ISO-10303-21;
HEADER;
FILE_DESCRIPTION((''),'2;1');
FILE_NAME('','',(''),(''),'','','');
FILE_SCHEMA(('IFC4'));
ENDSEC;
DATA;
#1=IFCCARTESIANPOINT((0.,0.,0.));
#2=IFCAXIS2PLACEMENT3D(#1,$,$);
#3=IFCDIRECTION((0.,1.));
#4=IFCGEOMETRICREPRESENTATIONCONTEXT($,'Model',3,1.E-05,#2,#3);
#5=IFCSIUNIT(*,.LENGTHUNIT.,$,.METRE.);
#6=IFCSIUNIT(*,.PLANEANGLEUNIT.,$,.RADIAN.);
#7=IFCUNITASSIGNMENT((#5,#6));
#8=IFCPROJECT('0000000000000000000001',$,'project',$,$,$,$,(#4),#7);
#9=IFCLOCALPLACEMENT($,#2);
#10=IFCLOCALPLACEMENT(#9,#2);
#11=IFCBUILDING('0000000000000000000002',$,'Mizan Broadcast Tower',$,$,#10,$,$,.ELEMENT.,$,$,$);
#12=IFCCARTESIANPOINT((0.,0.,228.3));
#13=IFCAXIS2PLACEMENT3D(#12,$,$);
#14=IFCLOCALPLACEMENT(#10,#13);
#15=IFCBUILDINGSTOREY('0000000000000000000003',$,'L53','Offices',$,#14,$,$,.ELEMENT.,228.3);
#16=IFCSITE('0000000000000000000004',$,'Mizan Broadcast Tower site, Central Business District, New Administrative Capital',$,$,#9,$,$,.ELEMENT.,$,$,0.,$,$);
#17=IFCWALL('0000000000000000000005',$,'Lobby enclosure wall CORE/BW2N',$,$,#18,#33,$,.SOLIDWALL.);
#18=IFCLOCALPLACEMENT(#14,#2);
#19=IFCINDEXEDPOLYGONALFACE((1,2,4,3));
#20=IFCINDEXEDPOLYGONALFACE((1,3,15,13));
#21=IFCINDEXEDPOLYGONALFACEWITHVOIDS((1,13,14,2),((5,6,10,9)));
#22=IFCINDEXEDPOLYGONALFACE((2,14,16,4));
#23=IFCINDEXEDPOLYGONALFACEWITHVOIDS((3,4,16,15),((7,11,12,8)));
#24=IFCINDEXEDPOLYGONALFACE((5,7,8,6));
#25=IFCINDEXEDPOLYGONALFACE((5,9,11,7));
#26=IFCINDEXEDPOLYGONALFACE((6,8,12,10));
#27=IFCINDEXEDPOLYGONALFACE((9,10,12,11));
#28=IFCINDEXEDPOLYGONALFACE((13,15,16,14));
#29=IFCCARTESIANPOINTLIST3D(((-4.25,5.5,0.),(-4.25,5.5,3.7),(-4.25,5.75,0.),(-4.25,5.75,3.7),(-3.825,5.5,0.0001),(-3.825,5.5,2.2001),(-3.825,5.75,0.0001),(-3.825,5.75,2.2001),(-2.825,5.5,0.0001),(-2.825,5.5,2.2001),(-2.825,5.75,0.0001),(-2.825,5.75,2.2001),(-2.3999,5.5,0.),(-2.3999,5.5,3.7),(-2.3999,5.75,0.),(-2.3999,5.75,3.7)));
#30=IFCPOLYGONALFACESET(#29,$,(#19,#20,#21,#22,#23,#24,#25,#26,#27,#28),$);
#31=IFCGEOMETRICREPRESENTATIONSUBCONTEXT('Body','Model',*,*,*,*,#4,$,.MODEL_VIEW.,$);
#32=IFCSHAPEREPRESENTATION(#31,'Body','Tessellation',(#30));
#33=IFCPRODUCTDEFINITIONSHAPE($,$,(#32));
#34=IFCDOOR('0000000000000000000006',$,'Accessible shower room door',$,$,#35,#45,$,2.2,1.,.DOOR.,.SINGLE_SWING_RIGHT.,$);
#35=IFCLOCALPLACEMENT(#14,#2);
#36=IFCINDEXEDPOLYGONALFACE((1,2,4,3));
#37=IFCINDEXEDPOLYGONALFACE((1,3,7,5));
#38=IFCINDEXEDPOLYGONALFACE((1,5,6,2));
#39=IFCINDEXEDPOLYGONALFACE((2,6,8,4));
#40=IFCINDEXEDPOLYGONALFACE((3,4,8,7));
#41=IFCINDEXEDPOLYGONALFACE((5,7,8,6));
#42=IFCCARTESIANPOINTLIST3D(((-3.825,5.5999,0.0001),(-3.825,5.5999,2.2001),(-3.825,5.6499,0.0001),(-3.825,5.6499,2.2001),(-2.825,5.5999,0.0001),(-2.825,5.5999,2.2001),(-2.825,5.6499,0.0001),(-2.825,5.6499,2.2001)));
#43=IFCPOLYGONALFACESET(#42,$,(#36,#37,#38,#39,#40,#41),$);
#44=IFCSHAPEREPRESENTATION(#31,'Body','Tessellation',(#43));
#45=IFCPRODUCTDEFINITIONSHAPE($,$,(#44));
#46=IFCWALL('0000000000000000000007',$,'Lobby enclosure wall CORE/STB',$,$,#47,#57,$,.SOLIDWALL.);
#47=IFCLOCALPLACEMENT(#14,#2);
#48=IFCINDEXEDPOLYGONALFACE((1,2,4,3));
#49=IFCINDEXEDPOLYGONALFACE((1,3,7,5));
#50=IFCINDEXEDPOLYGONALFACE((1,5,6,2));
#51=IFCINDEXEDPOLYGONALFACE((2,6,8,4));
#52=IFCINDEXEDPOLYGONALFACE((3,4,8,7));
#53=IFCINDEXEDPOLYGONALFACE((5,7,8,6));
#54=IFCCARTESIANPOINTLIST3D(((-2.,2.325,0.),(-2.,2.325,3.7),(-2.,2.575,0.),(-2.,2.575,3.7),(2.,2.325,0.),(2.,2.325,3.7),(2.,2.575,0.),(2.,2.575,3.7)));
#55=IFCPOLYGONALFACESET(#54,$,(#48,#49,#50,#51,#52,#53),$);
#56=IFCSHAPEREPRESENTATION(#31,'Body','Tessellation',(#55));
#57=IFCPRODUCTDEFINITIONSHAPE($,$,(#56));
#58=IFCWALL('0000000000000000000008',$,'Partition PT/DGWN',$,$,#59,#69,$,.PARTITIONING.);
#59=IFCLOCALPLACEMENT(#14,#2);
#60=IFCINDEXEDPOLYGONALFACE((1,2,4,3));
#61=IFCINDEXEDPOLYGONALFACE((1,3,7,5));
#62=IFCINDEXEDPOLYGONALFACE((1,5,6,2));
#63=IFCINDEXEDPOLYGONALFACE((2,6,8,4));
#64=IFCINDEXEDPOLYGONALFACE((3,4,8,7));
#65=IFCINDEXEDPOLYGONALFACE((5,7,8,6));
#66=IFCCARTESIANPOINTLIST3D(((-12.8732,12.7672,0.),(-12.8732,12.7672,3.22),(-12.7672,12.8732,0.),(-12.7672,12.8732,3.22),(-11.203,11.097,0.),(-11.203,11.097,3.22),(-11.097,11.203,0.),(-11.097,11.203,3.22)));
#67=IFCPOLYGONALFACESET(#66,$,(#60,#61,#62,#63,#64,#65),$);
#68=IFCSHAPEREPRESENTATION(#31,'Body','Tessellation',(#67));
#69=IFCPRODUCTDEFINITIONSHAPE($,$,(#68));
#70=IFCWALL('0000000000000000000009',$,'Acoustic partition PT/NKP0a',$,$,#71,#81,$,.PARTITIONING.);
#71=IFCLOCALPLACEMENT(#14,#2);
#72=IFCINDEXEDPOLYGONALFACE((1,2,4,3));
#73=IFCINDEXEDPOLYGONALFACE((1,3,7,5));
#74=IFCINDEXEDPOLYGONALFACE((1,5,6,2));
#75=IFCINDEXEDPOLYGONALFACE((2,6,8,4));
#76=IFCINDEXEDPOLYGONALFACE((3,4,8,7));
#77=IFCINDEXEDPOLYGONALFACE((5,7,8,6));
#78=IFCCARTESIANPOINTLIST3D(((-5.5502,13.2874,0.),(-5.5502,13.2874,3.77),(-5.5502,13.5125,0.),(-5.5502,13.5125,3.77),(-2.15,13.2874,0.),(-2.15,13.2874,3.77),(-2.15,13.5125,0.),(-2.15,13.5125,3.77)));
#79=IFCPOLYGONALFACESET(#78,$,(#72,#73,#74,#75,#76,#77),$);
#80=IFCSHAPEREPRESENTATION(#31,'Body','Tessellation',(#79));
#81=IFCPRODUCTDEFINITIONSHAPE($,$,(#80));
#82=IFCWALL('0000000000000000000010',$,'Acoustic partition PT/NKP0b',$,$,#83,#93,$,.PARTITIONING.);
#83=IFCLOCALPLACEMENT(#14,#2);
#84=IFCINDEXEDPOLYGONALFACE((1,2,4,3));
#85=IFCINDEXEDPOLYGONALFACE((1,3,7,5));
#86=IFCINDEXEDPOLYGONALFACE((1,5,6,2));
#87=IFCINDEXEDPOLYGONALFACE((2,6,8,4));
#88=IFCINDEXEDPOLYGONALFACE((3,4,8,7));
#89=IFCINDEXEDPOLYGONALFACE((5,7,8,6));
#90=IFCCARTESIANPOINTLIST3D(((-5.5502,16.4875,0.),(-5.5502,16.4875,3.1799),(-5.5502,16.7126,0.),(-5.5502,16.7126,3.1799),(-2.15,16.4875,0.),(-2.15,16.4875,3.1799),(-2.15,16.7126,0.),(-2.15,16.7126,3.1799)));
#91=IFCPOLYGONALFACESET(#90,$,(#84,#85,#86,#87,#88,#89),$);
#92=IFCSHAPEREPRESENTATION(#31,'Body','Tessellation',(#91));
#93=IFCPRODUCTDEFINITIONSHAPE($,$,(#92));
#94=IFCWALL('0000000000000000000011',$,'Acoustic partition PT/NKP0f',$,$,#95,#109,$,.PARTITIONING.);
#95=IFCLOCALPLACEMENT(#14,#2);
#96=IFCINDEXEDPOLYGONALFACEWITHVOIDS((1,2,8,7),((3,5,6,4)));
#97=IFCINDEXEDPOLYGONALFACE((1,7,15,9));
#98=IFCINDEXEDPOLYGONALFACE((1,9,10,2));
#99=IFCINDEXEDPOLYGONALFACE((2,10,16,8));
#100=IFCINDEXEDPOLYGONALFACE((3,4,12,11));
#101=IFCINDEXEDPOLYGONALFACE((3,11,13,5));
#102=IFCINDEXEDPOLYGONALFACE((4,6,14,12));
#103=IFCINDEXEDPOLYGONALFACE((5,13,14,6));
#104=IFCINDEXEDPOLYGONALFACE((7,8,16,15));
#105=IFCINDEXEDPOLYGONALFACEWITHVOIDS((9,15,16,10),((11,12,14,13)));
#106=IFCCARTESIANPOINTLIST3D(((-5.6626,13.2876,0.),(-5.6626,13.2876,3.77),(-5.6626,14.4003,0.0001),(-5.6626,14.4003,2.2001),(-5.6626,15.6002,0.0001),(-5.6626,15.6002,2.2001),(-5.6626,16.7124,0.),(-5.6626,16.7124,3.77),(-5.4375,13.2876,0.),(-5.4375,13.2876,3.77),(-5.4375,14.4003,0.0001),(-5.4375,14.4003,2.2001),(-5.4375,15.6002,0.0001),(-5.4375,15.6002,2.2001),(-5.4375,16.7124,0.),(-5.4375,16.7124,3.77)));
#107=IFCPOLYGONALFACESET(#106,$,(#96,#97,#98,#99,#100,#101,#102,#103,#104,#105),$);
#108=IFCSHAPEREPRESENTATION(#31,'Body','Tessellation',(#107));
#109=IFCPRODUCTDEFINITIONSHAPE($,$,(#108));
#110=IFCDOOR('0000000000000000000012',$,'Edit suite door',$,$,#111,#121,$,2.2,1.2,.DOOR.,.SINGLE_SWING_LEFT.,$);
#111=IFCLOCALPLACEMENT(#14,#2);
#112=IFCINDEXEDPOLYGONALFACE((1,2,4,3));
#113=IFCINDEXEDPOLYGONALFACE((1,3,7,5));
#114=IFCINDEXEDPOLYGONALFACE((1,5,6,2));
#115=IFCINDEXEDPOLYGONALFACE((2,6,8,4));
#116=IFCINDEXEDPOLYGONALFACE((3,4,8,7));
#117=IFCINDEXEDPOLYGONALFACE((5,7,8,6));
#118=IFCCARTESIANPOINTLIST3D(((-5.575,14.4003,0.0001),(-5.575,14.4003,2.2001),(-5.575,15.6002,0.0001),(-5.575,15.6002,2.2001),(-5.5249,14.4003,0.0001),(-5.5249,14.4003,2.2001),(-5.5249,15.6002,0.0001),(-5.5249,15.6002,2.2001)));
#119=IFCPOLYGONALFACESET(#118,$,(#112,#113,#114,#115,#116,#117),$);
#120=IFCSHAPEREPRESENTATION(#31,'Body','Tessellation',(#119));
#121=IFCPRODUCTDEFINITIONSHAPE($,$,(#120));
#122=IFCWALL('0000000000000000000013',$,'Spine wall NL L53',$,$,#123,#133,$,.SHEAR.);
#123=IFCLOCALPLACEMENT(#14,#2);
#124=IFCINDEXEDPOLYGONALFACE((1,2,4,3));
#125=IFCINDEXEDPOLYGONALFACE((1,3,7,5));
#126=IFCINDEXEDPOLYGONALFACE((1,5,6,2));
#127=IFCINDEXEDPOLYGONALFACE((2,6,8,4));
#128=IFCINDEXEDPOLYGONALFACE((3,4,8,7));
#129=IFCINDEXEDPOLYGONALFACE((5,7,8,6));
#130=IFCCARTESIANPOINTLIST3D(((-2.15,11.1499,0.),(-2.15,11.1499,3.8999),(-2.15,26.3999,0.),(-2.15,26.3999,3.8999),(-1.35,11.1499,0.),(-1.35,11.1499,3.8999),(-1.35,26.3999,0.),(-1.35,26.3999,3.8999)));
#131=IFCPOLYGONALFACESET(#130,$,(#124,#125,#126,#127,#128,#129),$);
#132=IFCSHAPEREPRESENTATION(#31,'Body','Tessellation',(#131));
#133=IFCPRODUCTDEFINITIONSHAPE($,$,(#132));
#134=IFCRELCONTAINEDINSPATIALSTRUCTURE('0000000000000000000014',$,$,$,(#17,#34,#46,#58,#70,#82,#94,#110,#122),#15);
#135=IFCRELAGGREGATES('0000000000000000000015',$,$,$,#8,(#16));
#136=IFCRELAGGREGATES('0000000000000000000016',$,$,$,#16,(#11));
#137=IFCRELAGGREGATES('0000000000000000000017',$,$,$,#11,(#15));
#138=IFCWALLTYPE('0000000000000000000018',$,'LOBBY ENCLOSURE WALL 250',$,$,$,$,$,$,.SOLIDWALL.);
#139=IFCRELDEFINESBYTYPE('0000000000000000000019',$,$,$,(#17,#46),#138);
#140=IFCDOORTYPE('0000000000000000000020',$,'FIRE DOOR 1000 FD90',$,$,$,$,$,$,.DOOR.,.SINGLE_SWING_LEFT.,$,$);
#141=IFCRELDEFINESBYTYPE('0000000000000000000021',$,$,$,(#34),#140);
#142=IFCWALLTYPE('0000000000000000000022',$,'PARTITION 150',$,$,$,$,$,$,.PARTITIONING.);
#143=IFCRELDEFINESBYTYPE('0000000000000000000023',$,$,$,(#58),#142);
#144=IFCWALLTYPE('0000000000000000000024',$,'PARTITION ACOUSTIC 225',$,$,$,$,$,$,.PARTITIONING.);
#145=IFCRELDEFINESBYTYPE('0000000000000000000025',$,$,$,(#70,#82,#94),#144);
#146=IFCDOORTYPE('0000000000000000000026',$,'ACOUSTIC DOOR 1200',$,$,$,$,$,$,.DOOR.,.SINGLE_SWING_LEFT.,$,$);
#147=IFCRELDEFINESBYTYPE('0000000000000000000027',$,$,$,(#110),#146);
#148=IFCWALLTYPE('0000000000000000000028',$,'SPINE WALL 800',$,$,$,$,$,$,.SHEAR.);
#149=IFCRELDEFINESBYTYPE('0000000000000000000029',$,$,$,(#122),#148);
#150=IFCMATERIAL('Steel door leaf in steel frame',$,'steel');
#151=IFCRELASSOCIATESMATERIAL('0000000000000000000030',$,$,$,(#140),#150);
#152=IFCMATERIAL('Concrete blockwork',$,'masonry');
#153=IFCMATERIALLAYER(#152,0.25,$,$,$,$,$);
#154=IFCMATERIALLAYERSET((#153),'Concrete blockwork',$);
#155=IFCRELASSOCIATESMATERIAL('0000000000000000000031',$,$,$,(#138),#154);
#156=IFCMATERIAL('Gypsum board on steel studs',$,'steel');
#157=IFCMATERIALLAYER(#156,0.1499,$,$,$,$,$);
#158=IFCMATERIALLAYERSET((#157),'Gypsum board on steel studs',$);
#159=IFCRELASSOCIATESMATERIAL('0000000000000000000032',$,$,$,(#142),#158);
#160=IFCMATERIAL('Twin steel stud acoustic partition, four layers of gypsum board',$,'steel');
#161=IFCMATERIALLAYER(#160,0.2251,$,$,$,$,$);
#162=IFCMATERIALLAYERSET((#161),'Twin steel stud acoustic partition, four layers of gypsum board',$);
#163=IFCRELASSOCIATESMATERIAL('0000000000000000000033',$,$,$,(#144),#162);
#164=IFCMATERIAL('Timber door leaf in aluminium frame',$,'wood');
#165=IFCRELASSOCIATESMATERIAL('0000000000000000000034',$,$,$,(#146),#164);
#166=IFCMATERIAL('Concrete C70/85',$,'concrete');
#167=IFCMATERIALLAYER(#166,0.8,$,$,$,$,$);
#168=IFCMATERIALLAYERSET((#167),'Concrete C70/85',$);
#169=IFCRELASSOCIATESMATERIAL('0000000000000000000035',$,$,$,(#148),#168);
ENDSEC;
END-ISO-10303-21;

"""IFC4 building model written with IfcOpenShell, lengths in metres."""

from ifc_helpers import new_model, si_unit, direction, frame, frame_2d, origin, place, context, subcontext, project, spatial, rectangle, extrude, material, layer, layer_set, type_object, element, fill, save


model = new_model("IFC4")

# Units and contexts
model_context = context("Model", 3, precision=1e-05, world=origin(), true_north=direction((0.0, 1.0)))
body_context = subcontext(model_context, "Body", "Model", "MODEL_VIEW")
ifc_project = project(units=[si_unit("LENGTHUNIT", "METRE"), si_unit("PLANEANGLEUNIT", "RADIAN")], contexts=[model_context])

# Site, building, storey
site_placement = place(None, origin())
site = spatial("IfcSite", under=ifc_project, at=site_placement, Name="Mizan Broadcast Tower site, Central Business District, New Administrative Capital", CompositionType="ELEMENT", RefElevation=0.0)
building_placement = place(site_placement, origin())
building = spatial("IfcBuilding", under=site, at=building_placement, Name="Mizan Broadcast Tower", CompositionType="ELEMENT")
storey_placement = place(building_placement, frame((0.0, 0.0, 228.3)))
storey = spatial("IfcBuildingStorey", under=building, at=storey_placement, Name="L53", Description="Offices", CompositionType="ELEMENT", Elevation=228.3)

# Shared definitions
ifc_material_1 = material(Name="Steel door leaf in steel frame", Category="steel")
door_type_1 = type_object("IfcDoorType", Name="FIRE DOOR 1000 FD90", OperationType="SINGLE_SWING_LEFT", PredefinedType="DOOR", material=ifc_material_1)

# Wall, opening, door
ifc_material_2 = material(Name="Concrete blockwork", Category="masonry")
ifc_layer_1 = layer(ifc_material_2, 0.25)
ifc_layer_set_1 = layer_set([ifc_layer_1], Name="Concrete blockwork")
wall_type_1 = type_object("IfcWallType", Name="LOBBY ENCLOSURE WALL 250", PredefinedType="SOLIDWALL", material=ifc_layer_set_1)
wall_1_placement = place(storey_placement, frame((-4.25, 5.625, 0.0), z_axis=(0.0, 0.0, 1.0), x_axis=(1.0, 0.0, 0.0)))
wall_1 = element("IfcWall", 1, at=wall_1_placement, inside=storey, type_object=wall_type_1, Name="Lobby enclosure wall CORE/BW2N", PredefinedType="SOLIDWALL", context=body_context, shape_type="SweptSolid", body=[
    extrude(rectangle(XDim=1.8501, YDim=0.25, at=frame_2d((0.925, 0.0))), origin(), (0.0, 0.0, 1.0), 3.7),
])
opening_1_placement = place(wall_1_placement, frame((0.425, 0.0, 0.0)))
opening_1 = element("IfcOpeningElement", 2, at=opening_1_placement, cuts=wall_1, PredefinedType="OPENING", context=body_context, shape_type="SweptSolid", body=[
    extrude(rectangle(XDim=1.0, YDim=2.2, at=frame_2d((0.5, 1.1001))), frame((0.0, 0.135, 0.0), z_axis=(0.0, -1.0, 0.0), x_axis=(1.0, 0.0, 0.0)), (0.0, 0.0, 1.0), 0.27),
])
door_1_placement = place(opening_1_placement, origin())
door_1 = element("IfcDoor", 3, at=door_1_placement, inside=storey, type_object=door_type_1, Name="Accessible shower room door", OperationType="SINGLE_SWING_RIGHT", OverallHeight=2.2, OverallWidth=1.0, PredefinedType="DOOR", context=body_context, shape_type="SweptSolid", body=[
    extrude(rectangle(XDim=1.0, YDim=2.2, at=frame_2d((0.5, 1.1001))), frame((0.0, 0.0249, 0.0), z_axis=(0.0, -1.0, 0.0), x_axis=(1.0, 0.0, 0.0)), (0.0, 0.0, 1.0), 0.05),
])
fill(opening_1, door_1)

# Walls
wall_2_placement = place(storey_placement, frame((-2.0, 2.45, 0.0), z_axis=(0.0, 0.0, 1.0), x_axis=(1.0, 0.0, 0.0)))
element("IfcWall", 4, at=wall_2_placement, inside=storey, type_object=wall_type_1, Name="Lobby enclosure wall CORE/STB", PredefinedType="SOLIDWALL", context=body_context, shape_type="SweptSolid", body=[
    extrude(rectangle(XDim=4.0, YDim=0.25, at=frame_2d((2.0, 0.0))), origin(), (0.0, 0.0, 1.0), 3.7),
])
ifc_material_3 = material(Name="Gypsum board on steel studs", Category="steel")
ifc_layer_2 = layer(ifc_material_3, 0.1499)
ifc_layer_set_2 = layer_set([ifc_layer_2], Name="Gypsum board on steel studs")
wall_type_2 = type_object("IfcWallType", Name="PARTITION 150", PredefinedType="PARTITIONING", material=ifc_layer_set_2)
wall_3_placement = place(storey_placement, frame((-11.1499, 11.1499, 0.0), z_axis=(0.0, 0.0, 1.0), x_axis=(-0.707107, 0.707107, 0.0)))
element("IfcWall", 5, at=wall_3_placement, inside=storey, type_object=wall_type_2, Name="Partition PT/DGWN", PredefinedType="PARTITIONING", context=body_context, shape_type="SweptSolid", body=[
    extrude(rectangle(XDim=2.3621, YDim=0.1499, at=frame_2d((1.1812, 0.0))), origin(), (0.0, 0.0, 1.0), 3.22),
])
ifc_material_4 = material(Name="Twin steel stud acoustic partition, four layers of gypsum board", Category="steel")
ifc_layer_3 = layer(ifc_material_4, 0.2251)
ifc_layer_set_3 = layer_set([ifc_layer_3], Name="Twin steel stud acoustic partition, four layers of gypsum board")
wall_type_3 = type_object("IfcWallType", Name="PARTITION ACOUSTIC 225", PredefinedType="PARTITIONING", material=ifc_layer_set_3)
wall_4_placement = place(storey_placement, frame((-2.1499, 13.3999, 0.0), z_axis=(0.0, 0.0, 1.0), x_axis=(-1.0, 0.0, 0.0)))
element("IfcWall", 6, at=wall_4_placement, inside=storey, type_object=wall_type_3, Name="Acoustic partition PT/NKP0a", PredefinedType="PARTITIONING", context=body_context, shape_type="SweptSolid", body=[
    extrude(rectangle(XDim=3.4001, YDim=0.2251, at=frame_2d((1.7002, 0.0))), origin(), (0.0, 0.0, 1.0), 3.77),
])
wall_5_placement = place(storey_placement, frame((-2.1499, 16.6001, 0.0), z_axis=(0.0, 0.0, 1.0), x_axis=(-1.0, 0.0, 0.0)))
element("IfcWall", 7, at=wall_5_placement, inside=storey, type_object=wall_type_3, Name="Acoustic partition PT/NKP0b", PredefinedType="PARTITIONING", context=body_context, shape_type="SweptSolid", body=[
    extrude(rectangle(XDim=3.4001, YDim=0.2251, at=frame_2d((1.7002, 0.0))), origin(), (0.0, 0.0, 1.0), 3.1799),
])

# Wall, opening, door
wall_6_placement = place(storey_placement, frame((-5.55, 13.2876, 0.0), z_axis=(0.0, 0.0, 1.0), x_axis=(0.0, 1.0, 0.0)))
wall_6 = element("IfcWall", 8, at=wall_6_placement, inside=storey, type_object=wall_type_3, Name="Acoustic partition PT/NKP0f", PredefinedType="PARTITIONING", context=body_context, shape_type="SweptSolid", body=[
    extrude(rectangle(XDim=3.4248, YDim=0.2251, at=frame_2d((1.7124, 0.0))), origin(), (0.0, 0.0, 1.0), 3.77),
])
opening_2_placement = place(wall_6_placement, frame((1.1125, 0.0, 0.0)))
opening_2 = element("IfcOpeningElement", 9, at=opening_2_placement, cuts=wall_6, PredefinedType="OPENING", context=body_context, shape_type="SweptSolid", body=[
    extrude(rectangle(XDim=1.2, YDim=2.2, at=frame_2d((0.6001, 1.1001))), frame((0.0, 0.1226, 0.0), z_axis=(0.0, -1.0, 0.0), x_axis=(1.0, 0.0, 0.0)), (0.0, 0.0, 1.0), 0.2451),
])
ifc_material_5 = material(Name="Timber door leaf in aluminium frame", Category="wood")
door_type_2 = type_object("IfcDoorType", Name="ACOUSTIC DOOR 1200", OperationType="SINGLE_SWING_LEFT", PredefinedType="DOOR", material=ifc_material_5)
door_2_placement = place(opening_2_placement, origin())
door_2 = element("IfcDoor", 10, at=door_2_placement, inside=storey, type_object=door_type_2, Name="Edit suite door", OperationType="SINGLE_SWING_LEFT", OverallHeight=2.2, OverallWidth=1.2, PredefinedType="DOOR", context=body_context, shape_type="SweptSolid", body=[
    extrude(rectangle(XDim=1.2, YDim=2.2, at=frame_2d((0.6001, 1.1001))), frame((0.0, 0.0249, 0.0), z_axis=(0.0, -1.0, 0.0), x_axis=(1.0, 0.0, 0.0)), (0.0, 0.0, 1.0), 0.05),
])
fill(opening_2, door_2)

# Wall
ifc_material_6 = material(Name="Concrete C70/85", Category="concrete")
ifc_layer_4 = layer(ifc_material_6, 0.8)
ifc_layer_set_4 = layer_set([ifc_layer_4], Name="Concrete C70/85")
wall_type_4 = type_object("IfcWallType", Name="SPINE WALL 800", PredefinedType="SHEAR", material=ifc_layer_set_4)
wall_7_placement = place(storey_placement, frame((-1.75, 11.1499, 0.0), z_axis=(0.0, 0.0, 1.0), x_axis=(0.0, 1.0, 0.0)))
element("IfcWall", 11, at=wall_7_placement, inside=storey, type_object=wall_type_4, Name="Spine wall NL L53", PredefinedType="SHEAR", context=body_context, shape_type="SweptSolid", body=[
    extrude(rectangle(XDim=15.25, YDim=0.8, at=frame_2d((7.625, 0.0))), origin(), (0.0, 0.0, 1.0), 3.8999),
])

save(model, "model.ifc")
